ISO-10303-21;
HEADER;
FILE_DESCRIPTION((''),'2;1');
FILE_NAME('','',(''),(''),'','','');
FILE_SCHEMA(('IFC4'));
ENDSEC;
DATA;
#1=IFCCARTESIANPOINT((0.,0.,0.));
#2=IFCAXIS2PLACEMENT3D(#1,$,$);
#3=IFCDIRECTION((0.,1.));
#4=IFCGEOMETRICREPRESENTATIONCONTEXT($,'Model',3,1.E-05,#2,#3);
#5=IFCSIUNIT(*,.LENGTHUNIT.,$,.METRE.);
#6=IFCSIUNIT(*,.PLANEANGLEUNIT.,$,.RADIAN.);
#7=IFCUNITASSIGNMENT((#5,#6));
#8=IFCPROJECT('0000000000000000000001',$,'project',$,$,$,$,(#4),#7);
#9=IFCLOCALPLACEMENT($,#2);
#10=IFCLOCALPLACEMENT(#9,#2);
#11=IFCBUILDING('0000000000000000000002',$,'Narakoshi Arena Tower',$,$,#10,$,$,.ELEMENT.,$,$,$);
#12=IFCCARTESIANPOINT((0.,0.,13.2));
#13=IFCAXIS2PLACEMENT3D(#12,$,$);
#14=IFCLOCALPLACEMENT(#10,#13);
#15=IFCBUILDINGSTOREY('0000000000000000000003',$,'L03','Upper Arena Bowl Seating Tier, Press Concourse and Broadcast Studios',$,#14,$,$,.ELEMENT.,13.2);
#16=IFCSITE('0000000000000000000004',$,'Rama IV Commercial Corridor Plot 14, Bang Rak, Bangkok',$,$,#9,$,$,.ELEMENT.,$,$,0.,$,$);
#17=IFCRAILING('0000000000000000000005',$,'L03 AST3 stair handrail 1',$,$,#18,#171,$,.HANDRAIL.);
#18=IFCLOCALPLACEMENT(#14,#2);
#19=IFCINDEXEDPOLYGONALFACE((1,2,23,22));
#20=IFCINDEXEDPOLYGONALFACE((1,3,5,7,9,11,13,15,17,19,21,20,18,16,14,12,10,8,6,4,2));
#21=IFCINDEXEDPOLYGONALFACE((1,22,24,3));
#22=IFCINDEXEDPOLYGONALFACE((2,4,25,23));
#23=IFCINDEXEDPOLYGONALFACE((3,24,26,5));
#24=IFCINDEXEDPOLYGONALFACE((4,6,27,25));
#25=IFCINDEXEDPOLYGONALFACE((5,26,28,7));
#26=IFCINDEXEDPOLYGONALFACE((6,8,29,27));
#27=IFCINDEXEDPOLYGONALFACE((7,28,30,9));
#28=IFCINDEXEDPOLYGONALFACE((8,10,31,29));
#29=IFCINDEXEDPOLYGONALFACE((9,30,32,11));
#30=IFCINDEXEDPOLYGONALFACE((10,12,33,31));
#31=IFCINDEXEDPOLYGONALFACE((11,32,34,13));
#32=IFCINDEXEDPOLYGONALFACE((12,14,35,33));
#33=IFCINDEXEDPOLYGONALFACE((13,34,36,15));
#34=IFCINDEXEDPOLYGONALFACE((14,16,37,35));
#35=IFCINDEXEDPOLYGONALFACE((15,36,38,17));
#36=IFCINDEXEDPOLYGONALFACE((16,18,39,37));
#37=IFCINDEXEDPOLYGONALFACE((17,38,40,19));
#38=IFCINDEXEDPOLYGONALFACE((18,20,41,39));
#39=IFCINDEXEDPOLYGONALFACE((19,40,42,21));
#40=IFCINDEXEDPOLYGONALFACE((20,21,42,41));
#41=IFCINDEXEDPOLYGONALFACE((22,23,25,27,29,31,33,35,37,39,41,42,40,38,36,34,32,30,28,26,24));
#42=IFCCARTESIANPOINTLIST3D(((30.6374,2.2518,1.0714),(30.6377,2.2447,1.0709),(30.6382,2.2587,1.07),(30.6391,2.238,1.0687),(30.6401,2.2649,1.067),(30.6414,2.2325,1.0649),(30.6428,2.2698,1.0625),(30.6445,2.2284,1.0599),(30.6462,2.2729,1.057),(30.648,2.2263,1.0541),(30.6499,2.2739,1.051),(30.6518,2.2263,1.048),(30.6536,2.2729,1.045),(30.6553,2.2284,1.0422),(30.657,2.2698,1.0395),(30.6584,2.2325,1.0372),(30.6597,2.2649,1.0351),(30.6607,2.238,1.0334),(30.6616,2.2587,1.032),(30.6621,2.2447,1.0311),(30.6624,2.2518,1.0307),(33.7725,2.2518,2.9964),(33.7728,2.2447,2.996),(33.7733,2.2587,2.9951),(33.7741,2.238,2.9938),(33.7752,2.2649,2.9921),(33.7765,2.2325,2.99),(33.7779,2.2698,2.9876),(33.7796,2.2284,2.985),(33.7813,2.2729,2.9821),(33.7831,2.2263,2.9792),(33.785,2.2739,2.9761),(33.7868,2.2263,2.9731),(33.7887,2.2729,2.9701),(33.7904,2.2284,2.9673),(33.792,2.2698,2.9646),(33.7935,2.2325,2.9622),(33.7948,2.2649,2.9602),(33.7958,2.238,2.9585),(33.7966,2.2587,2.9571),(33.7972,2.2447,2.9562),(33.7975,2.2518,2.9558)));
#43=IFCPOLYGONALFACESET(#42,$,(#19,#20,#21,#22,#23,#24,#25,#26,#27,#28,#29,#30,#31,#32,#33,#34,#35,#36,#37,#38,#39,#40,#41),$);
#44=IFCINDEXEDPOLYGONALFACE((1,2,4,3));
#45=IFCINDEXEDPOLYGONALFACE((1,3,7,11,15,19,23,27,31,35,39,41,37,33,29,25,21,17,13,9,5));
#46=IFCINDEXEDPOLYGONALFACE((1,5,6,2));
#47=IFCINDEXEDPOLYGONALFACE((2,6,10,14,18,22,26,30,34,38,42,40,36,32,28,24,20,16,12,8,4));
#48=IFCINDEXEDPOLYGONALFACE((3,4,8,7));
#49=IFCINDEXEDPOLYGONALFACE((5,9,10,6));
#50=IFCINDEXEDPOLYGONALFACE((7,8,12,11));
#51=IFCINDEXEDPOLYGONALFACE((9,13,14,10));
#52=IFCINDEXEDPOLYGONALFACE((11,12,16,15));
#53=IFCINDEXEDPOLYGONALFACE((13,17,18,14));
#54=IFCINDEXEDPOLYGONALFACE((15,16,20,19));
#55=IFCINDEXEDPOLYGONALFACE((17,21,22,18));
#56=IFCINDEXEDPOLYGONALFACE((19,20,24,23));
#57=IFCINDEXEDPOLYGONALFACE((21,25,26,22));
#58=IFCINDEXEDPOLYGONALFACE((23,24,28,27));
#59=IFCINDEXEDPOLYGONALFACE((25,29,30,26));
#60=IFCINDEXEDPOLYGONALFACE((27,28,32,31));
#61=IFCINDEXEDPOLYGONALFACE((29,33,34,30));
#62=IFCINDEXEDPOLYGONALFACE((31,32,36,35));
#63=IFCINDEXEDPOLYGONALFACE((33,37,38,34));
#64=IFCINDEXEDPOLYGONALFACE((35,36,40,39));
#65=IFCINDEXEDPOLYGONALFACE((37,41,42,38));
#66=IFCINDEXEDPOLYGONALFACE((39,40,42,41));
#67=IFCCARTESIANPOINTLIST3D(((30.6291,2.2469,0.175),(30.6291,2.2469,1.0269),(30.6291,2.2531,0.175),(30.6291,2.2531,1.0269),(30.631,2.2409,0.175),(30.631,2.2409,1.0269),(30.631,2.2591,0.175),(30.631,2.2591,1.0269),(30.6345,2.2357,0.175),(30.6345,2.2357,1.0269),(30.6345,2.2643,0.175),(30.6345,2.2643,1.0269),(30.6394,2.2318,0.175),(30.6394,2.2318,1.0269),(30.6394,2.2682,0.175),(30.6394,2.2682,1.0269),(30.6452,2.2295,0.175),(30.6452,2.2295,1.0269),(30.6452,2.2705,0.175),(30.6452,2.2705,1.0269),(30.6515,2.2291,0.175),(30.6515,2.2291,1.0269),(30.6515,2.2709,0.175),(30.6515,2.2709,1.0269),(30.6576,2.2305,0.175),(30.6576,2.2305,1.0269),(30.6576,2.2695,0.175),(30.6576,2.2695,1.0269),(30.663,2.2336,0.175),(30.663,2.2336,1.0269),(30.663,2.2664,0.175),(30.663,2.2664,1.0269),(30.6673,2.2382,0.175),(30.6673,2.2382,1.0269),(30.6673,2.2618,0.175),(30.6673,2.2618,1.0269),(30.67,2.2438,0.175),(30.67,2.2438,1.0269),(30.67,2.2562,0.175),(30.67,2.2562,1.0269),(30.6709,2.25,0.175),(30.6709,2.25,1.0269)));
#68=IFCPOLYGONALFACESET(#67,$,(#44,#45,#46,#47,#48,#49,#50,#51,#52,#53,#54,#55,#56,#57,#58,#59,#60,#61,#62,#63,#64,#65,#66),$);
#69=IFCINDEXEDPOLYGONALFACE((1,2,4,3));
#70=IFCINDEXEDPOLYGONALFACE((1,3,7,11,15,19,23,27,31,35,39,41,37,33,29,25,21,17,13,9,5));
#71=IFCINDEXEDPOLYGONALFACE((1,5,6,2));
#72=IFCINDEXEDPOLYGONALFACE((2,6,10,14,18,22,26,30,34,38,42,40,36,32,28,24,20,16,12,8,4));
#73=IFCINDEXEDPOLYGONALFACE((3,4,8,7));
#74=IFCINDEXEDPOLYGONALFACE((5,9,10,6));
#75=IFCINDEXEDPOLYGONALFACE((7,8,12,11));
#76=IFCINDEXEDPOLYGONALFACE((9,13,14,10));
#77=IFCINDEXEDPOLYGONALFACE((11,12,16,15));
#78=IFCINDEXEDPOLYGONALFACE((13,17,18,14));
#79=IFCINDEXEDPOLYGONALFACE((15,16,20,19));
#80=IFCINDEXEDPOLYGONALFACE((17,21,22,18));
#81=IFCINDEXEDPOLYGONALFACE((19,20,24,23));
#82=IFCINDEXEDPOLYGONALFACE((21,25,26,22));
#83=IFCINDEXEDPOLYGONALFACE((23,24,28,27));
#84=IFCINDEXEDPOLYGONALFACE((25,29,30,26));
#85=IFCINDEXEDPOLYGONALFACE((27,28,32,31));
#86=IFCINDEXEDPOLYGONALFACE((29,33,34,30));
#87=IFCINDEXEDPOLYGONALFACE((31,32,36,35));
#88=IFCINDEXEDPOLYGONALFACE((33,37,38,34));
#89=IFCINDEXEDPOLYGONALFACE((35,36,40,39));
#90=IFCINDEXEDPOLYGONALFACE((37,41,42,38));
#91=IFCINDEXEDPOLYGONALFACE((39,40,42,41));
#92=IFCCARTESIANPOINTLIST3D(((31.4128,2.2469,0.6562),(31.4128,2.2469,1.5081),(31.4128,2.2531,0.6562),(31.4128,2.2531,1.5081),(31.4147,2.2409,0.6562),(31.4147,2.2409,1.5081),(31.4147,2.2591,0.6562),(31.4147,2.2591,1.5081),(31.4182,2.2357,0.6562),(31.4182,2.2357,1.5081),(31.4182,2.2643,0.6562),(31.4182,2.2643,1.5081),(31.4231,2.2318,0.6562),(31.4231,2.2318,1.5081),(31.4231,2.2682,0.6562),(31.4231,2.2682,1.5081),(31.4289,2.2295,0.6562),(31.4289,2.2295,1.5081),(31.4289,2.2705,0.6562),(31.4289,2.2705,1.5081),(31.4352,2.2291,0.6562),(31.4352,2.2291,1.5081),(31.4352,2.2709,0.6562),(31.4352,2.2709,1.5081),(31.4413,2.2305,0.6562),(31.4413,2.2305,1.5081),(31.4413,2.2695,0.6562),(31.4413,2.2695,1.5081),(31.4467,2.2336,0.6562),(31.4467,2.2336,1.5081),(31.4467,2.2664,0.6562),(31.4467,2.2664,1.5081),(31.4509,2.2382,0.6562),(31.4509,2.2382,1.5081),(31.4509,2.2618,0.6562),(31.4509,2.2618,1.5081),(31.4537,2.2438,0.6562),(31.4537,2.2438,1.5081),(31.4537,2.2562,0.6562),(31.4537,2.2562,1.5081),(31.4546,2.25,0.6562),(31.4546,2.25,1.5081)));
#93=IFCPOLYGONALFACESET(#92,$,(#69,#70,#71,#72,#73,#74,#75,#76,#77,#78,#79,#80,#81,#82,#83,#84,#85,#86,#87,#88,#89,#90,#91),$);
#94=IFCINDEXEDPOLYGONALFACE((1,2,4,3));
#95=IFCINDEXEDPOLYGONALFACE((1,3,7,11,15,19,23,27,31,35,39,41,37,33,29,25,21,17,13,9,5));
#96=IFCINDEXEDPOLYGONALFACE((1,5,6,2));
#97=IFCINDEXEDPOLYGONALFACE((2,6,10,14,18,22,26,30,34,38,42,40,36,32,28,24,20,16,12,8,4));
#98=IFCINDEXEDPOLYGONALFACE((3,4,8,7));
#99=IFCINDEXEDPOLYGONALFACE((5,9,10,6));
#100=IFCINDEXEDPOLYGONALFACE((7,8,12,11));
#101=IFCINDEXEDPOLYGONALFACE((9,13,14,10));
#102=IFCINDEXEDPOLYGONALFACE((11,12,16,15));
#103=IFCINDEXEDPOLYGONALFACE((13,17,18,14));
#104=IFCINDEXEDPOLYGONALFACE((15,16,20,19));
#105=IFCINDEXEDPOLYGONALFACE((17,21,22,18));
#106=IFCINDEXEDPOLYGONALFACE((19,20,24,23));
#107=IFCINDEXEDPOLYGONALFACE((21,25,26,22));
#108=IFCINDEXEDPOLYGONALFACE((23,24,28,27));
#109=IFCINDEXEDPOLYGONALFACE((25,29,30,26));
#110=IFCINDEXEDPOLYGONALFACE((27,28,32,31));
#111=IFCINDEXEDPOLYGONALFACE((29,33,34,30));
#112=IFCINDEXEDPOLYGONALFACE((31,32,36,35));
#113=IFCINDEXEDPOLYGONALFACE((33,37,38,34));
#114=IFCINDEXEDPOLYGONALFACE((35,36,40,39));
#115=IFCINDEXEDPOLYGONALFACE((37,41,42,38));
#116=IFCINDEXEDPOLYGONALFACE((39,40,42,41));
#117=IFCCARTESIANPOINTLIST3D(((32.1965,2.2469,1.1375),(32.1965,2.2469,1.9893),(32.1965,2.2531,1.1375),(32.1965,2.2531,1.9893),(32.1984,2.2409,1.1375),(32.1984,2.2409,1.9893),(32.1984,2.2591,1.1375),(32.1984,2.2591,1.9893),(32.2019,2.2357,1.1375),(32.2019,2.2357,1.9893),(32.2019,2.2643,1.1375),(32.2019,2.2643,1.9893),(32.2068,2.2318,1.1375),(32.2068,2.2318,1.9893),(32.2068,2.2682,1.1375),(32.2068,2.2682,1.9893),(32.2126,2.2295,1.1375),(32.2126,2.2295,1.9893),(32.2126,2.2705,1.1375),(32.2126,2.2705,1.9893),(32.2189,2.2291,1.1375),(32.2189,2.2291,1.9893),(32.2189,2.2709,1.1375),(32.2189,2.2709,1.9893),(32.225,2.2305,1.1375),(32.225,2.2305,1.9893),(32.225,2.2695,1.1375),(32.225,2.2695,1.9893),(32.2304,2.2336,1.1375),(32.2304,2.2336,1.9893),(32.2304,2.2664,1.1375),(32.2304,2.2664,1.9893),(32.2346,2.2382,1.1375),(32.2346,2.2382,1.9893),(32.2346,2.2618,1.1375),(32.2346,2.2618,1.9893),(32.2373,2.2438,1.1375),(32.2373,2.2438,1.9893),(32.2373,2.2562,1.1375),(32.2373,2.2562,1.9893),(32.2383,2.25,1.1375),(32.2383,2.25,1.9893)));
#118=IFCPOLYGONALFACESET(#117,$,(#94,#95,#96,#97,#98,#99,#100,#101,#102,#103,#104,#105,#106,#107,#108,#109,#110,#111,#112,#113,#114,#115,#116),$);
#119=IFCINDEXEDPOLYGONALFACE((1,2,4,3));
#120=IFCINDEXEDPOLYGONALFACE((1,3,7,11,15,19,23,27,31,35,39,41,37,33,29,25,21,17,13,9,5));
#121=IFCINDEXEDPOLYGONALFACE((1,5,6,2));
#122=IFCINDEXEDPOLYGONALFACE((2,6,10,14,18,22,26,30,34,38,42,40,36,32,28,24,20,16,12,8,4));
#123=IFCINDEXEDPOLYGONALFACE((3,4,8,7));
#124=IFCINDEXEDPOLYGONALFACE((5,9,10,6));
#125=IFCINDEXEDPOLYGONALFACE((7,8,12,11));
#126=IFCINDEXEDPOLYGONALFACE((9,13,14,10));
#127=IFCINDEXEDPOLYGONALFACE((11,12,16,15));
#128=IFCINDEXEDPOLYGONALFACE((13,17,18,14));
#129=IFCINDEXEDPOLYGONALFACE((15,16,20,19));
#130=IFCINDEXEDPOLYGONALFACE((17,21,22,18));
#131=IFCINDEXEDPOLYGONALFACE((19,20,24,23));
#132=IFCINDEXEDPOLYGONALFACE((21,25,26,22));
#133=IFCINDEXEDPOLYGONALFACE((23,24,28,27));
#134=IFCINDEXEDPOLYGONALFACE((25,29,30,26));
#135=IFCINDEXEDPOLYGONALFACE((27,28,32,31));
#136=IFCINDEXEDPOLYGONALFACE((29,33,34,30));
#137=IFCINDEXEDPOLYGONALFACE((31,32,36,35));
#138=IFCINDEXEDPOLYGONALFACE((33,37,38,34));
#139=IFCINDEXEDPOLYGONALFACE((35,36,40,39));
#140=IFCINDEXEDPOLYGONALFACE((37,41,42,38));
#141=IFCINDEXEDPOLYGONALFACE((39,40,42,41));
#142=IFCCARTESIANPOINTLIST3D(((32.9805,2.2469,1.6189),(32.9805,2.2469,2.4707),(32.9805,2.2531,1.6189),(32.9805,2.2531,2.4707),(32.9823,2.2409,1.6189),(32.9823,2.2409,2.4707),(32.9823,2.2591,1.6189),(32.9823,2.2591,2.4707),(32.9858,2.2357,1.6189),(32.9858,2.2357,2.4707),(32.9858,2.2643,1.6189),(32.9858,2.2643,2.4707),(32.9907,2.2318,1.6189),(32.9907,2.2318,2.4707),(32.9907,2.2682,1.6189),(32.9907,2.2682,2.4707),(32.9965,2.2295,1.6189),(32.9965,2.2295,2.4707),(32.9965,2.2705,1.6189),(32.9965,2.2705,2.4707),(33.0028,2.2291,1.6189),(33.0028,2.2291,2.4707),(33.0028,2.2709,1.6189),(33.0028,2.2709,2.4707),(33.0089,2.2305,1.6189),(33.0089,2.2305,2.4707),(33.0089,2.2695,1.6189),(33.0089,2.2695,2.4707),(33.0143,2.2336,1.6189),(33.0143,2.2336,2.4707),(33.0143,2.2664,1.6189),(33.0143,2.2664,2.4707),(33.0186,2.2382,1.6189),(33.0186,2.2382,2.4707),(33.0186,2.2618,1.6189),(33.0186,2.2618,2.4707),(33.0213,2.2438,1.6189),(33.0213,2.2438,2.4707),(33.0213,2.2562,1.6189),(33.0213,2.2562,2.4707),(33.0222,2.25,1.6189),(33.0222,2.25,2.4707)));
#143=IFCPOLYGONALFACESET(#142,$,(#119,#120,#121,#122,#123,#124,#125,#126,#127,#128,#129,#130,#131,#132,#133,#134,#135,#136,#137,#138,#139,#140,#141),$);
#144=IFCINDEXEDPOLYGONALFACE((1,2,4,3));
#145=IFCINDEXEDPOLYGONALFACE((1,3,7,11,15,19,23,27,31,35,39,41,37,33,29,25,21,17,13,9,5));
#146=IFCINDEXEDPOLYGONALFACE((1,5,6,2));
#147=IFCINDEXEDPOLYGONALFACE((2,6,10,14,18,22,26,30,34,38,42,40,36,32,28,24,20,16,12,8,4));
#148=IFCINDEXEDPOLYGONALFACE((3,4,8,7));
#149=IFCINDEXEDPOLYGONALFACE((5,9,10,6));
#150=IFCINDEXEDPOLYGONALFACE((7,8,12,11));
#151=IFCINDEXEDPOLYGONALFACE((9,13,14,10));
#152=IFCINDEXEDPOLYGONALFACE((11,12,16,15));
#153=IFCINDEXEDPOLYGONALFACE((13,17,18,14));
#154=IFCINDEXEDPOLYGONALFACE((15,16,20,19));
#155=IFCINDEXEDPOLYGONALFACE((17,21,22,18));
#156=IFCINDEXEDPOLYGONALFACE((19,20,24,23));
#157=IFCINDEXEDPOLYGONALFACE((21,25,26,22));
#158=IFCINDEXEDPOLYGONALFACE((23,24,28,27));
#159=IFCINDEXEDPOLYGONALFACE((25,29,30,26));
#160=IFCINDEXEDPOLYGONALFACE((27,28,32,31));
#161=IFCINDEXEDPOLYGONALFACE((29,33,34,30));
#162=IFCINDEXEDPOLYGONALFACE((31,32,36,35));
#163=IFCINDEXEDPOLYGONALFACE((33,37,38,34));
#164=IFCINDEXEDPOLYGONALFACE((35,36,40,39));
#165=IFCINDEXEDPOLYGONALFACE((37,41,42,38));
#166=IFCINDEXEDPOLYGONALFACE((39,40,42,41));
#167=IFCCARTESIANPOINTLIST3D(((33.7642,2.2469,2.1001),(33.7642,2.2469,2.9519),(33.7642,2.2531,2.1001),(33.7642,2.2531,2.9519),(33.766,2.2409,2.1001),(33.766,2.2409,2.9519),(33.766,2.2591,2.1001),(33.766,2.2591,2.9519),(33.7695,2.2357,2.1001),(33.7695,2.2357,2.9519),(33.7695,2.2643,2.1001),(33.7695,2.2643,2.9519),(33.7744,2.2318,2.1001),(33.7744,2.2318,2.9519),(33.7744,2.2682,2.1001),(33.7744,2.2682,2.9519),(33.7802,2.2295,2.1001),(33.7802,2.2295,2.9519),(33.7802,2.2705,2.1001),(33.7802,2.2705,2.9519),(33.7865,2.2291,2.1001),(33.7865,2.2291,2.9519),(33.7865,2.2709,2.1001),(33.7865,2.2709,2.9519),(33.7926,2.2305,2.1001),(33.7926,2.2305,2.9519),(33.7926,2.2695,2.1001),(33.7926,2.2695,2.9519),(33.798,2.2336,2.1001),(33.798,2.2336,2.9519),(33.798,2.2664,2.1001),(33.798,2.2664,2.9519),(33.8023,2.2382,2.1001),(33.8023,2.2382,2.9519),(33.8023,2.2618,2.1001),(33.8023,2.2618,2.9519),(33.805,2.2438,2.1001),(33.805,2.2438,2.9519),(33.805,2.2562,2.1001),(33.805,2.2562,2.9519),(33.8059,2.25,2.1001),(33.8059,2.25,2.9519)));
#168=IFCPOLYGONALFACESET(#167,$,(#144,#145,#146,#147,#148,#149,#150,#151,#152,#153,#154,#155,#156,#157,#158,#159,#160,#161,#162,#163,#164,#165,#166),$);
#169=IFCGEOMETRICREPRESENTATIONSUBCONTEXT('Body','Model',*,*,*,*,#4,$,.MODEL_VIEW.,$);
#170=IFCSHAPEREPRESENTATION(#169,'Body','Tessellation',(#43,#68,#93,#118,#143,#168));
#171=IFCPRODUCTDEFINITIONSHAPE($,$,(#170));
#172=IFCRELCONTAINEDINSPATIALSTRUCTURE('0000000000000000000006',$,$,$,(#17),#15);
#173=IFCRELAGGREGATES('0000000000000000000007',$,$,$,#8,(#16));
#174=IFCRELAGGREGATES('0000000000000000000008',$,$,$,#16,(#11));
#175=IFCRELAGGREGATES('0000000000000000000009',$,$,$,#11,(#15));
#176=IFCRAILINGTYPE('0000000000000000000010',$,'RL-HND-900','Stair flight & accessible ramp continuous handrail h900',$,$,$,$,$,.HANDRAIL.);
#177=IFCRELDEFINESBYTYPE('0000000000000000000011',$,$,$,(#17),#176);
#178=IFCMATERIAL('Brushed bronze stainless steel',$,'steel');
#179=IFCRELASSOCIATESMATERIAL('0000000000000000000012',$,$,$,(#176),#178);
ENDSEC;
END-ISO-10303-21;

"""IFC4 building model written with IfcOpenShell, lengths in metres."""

from ifc_helpers import new_model, si_unit, direction, frame, origin, origin_2d, place, context, subcontext, project, spatial, circle, extrude, material, type_object, element, save


model = new_model("IFC4")

# Units and contexts
model_context = context("Model", 3, precision=1e-05, world=origin(), true_north=direction((0.0, 1.0)))
body_context = subcontext(model_context, "Body", "Model", "MODEL_VIEW")
ifc_project = project(units=[si_unit("LENGTHUNIT", "METRE"), si_unit("PLANEANGLEUNIT", "RADIAN")], contexts=[model_context])

# Site, building, storey
site_placement = place(None, origin())
site = spatial("IfcSite", under=ifc_project, at=site_placement, Name="Rama IV Commercial Corridor Plot 14, Bang Rak, Bangkok", CompositionType="ELEMENT", RefElevation=0.0)
building_placement = place(site_placement, origin())
building = spatial("IfcBuilding", under=site, at=building_placement, Name="Narakoshi Arena Tower", CompositionType="ELEMENT")
storey_placement = place(building_placement, frame((0.0, 0.0, 13.2)))
storey = spatial("IfcBuildingStorey", under=building, at=storey_placement, Name="L03", Description="Upper Arena Bowl Seating Tier, Press Concourse and Broadcast Studios", CompositionType="ELEMENT", Elevation=13.2)

# Railing
ifc_material_1 = material(Name="Brushed bronze stainless steel", Category="steel")
railing_type_1 = type_object("IfcRailingType", Name="RL-HND-900", Description="Stair flight & accessible ramp continuous handrail h900", PredefinedType="HANDRAIL", material=ifc_material_1)
railing_1_placement = place(storey_placement, frame((30.6499, 2.25, 0.175)))
element("IfcRailing", 1, at=railing_1_placement, inside=storey, type_object=railing_type_1, Name="L03 AST3 stair handrail 1", PredefinedType="HANDRAIL", context=body_context, shape_type="SweptSolid", body=[
    extrude(circle(Radius=0.0239, at=origin_2d()), frame((0.0, 0.0, 0.876), z_axis=(0.852166, 0.0, 0.523271), x_axis=(0.0, 1.0, 0.0)), (0.0, 0.0, 1.0), 3.679),
    extrude(circle(Radius=0.021, at=origin_2d()), origin(), (0.0, 0.0, 1.0), 0.8518),
    extrude(circle(Radius=0.021, at=origin_2d()), frame((0.7837, 0.0, 0.4812)), (0.0, 0.0, 1.0), 0.8518),
    extrude(circle(Radius=0.021, at=origin_2d()), frame((1.5674, 0.0, 0.9624)), (0.0, 0.0, 1.0), 0.8518),
    extrude(circle(Radius=0.021, at=origin_2d()), frame((2.3513, 0.0, 1.4438)), (0.0, 0.0, 1.0), 0.8518),
    extrude(circle(Radius=0.021, at=origin_2d()), frame((3.135, 0.0, 1.925)), (0.0, 0.0, 1.0), 0.8518),
])

save(model, "model.ifc")
